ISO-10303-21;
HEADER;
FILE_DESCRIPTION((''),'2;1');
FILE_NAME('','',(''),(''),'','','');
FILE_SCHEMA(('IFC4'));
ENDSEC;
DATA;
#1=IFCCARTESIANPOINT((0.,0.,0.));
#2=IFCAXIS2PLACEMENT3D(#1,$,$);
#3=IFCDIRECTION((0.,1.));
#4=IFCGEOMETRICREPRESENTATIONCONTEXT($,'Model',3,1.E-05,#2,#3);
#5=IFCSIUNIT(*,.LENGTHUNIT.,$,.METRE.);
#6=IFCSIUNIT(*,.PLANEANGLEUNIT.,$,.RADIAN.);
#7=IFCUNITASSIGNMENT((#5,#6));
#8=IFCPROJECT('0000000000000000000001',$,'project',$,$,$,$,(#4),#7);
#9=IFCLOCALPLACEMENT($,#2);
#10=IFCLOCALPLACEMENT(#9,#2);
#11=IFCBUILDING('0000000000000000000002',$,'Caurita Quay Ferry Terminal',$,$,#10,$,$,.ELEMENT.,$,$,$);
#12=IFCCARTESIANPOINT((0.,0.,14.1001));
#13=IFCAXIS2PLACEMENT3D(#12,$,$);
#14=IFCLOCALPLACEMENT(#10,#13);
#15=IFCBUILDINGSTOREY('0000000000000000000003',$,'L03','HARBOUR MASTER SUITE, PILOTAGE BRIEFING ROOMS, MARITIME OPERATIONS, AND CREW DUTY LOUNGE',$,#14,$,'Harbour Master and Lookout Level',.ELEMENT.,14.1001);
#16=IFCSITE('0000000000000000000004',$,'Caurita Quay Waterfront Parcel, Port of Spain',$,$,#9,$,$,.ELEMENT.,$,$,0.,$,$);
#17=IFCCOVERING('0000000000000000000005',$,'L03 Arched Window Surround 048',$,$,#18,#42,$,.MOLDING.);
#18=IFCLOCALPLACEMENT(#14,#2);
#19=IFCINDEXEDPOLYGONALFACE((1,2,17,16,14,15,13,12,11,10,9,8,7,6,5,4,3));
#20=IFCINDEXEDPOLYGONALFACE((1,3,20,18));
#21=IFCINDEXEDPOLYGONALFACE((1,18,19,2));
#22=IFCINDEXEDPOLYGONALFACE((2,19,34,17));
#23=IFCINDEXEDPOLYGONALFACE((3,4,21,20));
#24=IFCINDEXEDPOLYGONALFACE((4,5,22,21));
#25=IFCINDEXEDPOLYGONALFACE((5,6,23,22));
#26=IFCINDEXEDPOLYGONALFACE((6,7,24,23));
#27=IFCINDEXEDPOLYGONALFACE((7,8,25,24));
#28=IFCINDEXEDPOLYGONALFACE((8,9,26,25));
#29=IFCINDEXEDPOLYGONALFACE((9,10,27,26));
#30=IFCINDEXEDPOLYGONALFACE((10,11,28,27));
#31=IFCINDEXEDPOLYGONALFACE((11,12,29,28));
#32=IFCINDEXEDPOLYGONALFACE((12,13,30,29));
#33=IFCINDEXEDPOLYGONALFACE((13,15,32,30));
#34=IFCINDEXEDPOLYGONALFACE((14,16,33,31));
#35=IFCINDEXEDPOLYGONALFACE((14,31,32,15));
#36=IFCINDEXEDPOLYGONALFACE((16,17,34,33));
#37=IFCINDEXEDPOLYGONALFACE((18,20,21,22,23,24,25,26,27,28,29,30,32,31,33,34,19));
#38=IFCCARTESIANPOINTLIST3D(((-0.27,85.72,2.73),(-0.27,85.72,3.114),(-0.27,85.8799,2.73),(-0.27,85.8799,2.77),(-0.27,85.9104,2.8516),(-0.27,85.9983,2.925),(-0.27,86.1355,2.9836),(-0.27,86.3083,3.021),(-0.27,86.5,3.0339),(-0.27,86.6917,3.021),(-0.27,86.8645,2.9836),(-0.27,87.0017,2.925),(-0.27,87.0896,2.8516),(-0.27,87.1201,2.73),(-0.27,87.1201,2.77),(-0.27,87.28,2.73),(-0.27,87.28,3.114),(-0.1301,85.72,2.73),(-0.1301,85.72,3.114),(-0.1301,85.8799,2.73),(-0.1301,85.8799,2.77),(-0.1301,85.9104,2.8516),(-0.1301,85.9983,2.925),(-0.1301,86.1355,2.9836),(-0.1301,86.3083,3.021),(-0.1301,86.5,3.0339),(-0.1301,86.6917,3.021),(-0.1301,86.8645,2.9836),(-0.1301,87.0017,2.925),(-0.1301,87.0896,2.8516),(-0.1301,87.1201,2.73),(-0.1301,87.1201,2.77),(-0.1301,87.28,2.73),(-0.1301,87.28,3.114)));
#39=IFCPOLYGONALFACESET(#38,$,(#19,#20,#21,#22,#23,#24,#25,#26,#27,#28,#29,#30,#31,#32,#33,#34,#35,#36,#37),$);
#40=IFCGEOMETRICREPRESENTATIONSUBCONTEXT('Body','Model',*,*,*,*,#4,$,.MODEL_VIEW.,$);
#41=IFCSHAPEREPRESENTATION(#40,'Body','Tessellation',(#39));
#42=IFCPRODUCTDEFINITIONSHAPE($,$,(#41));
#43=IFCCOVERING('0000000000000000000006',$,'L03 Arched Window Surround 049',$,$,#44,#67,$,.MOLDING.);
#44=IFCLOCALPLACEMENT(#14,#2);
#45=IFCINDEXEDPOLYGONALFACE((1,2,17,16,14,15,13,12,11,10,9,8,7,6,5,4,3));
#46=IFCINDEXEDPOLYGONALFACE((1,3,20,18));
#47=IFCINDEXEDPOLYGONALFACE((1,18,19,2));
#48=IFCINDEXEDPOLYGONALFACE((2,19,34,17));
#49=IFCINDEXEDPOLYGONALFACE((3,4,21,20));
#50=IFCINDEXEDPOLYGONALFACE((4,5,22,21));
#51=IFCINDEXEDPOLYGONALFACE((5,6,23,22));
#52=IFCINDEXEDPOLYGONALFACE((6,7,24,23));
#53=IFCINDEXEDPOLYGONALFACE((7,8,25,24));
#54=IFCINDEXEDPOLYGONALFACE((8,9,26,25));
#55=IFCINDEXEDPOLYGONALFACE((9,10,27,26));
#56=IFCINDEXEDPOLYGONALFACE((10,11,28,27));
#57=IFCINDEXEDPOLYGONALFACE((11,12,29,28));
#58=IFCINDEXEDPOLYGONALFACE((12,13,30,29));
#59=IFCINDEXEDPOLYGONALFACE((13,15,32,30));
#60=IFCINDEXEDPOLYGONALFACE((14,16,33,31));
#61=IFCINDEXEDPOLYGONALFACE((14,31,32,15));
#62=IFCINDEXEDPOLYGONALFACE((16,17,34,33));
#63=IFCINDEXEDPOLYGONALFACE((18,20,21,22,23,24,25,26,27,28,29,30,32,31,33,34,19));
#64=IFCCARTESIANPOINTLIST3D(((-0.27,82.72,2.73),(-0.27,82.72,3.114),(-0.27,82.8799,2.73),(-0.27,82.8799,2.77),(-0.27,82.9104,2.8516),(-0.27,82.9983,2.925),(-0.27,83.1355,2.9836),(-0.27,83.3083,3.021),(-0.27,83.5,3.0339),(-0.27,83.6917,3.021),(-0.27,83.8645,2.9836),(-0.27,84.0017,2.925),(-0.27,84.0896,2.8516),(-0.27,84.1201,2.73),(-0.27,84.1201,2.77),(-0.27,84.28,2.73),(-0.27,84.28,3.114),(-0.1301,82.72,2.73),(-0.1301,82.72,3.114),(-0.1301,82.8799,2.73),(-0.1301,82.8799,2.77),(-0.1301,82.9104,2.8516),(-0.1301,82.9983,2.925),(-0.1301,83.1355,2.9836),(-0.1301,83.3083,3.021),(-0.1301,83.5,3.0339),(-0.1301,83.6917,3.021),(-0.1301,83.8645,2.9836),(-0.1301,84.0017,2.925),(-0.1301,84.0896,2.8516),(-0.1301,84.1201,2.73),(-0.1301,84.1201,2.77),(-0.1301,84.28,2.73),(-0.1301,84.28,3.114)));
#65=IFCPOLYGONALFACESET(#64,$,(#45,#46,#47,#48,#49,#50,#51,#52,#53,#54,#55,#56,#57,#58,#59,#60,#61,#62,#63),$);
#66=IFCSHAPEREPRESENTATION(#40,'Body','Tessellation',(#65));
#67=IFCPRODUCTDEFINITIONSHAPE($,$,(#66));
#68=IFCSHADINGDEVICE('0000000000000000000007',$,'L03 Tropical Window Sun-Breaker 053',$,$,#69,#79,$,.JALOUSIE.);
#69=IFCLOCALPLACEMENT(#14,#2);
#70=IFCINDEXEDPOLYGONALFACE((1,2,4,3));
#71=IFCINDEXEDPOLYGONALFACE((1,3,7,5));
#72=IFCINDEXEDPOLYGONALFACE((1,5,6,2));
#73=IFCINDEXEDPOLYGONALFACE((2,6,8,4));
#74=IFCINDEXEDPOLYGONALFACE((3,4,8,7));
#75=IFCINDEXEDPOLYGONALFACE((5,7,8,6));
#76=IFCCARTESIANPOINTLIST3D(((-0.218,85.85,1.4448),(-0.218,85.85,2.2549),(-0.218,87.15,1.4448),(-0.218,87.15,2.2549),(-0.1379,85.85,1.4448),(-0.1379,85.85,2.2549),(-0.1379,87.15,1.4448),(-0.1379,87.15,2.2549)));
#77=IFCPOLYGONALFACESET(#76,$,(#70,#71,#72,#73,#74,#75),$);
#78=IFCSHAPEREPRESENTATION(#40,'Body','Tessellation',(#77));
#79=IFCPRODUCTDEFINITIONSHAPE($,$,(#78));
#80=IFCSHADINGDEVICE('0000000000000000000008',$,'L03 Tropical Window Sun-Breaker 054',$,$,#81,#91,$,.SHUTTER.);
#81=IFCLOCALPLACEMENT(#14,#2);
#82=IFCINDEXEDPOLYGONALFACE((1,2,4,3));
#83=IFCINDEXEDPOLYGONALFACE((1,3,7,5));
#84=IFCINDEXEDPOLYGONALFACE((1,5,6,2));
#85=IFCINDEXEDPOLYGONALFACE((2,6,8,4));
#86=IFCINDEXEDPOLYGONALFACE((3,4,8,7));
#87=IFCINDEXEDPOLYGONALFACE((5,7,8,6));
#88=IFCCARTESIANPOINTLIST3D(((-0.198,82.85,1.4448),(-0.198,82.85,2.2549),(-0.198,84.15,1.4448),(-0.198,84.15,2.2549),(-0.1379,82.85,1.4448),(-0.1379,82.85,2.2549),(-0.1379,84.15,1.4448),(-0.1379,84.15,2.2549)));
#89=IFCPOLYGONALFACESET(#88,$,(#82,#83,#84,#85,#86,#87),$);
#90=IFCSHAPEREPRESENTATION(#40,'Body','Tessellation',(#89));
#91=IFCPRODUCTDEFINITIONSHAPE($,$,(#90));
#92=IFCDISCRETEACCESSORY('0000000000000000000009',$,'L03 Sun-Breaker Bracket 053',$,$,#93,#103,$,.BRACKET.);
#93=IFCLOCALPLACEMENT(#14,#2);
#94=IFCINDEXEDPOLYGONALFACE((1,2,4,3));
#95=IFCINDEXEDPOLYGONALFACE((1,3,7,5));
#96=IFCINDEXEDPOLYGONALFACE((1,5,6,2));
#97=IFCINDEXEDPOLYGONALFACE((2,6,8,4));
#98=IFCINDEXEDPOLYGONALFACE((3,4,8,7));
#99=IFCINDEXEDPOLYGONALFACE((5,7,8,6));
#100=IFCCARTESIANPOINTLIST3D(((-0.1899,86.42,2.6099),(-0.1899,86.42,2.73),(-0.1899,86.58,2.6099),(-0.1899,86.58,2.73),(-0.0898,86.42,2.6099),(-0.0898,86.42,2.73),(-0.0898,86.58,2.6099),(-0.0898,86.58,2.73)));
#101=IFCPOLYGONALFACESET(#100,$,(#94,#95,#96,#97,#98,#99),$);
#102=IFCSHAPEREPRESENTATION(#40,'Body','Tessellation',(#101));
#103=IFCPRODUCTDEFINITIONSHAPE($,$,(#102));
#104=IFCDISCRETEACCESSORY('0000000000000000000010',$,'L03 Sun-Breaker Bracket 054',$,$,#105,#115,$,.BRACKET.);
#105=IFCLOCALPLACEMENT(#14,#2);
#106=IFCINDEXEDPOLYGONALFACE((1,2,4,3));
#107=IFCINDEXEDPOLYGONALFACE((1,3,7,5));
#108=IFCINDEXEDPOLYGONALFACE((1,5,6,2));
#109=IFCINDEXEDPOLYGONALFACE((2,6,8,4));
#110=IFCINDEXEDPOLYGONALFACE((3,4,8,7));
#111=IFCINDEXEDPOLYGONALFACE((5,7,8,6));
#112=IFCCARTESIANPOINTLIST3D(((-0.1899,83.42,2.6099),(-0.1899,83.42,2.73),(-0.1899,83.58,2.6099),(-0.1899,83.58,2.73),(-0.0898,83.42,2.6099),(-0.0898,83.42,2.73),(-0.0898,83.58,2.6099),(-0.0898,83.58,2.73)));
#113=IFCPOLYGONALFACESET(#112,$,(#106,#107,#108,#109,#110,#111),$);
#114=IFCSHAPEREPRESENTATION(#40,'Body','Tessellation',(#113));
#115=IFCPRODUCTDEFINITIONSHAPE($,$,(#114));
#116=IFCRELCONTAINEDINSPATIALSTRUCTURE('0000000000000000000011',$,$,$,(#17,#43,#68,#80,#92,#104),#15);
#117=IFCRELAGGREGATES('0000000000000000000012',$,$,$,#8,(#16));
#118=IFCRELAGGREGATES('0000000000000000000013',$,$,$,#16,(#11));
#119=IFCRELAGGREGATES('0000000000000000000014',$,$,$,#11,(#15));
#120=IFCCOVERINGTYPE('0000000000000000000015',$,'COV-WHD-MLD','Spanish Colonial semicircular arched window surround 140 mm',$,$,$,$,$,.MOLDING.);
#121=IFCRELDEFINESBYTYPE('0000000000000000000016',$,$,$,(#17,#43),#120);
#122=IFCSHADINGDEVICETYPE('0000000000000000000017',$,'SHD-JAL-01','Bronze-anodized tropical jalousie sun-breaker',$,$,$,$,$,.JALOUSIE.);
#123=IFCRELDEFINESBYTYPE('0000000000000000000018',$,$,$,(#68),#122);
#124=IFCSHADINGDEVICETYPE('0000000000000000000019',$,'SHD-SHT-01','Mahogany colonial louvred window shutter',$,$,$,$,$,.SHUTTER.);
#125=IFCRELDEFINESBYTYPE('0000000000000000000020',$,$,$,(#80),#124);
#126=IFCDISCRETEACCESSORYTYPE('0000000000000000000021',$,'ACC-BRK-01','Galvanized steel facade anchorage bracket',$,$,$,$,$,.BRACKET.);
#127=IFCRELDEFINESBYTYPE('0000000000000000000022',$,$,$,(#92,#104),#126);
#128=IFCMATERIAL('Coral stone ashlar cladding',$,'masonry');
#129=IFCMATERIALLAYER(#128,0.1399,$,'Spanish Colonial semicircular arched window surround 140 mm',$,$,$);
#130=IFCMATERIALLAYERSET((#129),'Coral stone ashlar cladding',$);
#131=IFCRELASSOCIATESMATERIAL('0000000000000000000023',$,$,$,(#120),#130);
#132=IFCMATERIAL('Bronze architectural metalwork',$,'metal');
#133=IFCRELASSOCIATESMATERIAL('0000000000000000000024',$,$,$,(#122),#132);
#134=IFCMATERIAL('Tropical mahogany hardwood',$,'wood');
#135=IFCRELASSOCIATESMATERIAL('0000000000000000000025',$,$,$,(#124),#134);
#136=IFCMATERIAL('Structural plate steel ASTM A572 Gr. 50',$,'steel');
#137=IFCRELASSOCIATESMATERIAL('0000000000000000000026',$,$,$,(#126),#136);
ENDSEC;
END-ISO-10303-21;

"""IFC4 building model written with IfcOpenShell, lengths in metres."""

from ifc_helpers import new_model, si_unit, direction, frame, origin, origin_2d, place, context, subcontext, project, spatial, polyline, rectangle, outline, extrude, material, layer, layer_set, type_object, element, save


model = new_model("IFC4")

# Units and contexts
model_context = context("Model", 3, precision=1e-05, world=origin(), true_north=direction((0.0, 1.0)))
body_context = subcontext(model_context, "Body", "Model", "MODEL_VIEW")
ifc_project = project(units=[si_unit("LENGTHUNIT", "METRE"), si_unit("PLANEANGLEUNIT", "RADIAN")], contexts=[model_context])

# Site, building, storey
site_placement = place(None, origin())
site = spatial("IfcSite", under=ifc_project, at=site_placement, Name="Caurita Quay Waterfront Parcel, Port of Spain", CompositionType="ELEMENT", RefElevation=0.0)
building_placement = place(site_placement, origin())
building = spatial("IfcBuilding", under=site, at=building_placement, Name="Caurita Quay Ferry Terminal", CompositionType="ELEMENT")
storey_placement = place(building_placement, frame((0.0, 0.0, 14.1001)))
storey = spatial("IfcBuildingStorey", under=building, at=storey_placement, Name="L03", Description="HARBOUR MASTER SUITE, PILOTAGE BRIEFING ROOMS, MARITIME OPERATIONS, AND CREW DUTY LOUNGE", LongName="Harbour Master and Lookout Level", CompositionType="ELEMENT", Elevation=14.1001)

# Coverings
ifc_material_1 = material(Name="Coral stone ashlar cladding", Category="masonry")
ifc_layer_1 = layer(ifc_material_1, 0.1399, Name="Spanish Colonial semicircular arched window surround 140 mm")
ifc_layer_set_1 = layer_set([ifc_layer_1], Name="Coral stone ashlar cladding")
covering_type_1 = type_object("IfcCoveringType", Name="COV-WHD-MLD", Description="Spanish Colonial semicircular arched window surround 140 mm", PredefinedType="MOLDING", material=ifc_layer_set_1)
for number, where, z_axis, x_axis, name in (
    (1, (-0.2, 87.28, 2.73), (0.0, 0.0, 1.0), (0.0, -1.0, 0.0), "L03 Arched Window Surround 048"),
    (2, (-0.2, 84.28, 2.73), (0.0, 0.0, 1.0), (0.0, -1.0, 0.0), "L03 Arched Window Surround 049"),
):
    element("IfcCovering", number, at=place(storey_placement, frame(where, z_axis=z_axis, x_axis=x_axis)), inside=storey, type_object=covering_type_1, Name=name, PredefinedType="MOLDING", context=body_context, shape_type="SweptSolid", body=[
        extrude(outline(polyline([(0.0, 0.0), (0.1599, 0.0), (0.1599, 0.04), (0.1904, 0.1216), (0.2783, 0.1951), (0.4155, 0.2537), (0.5884, 0.291), (0.78, 0.304), (0.9717, 0.291), (1.1445, 0.2537), (1.2817, 0.1951), (1.3696, 0.1216), (1.4001, 0.04), (1.4001, 0.0), (1.5601, 0.0), (1.5601, 0.384), (0.0, 0.384), (0.0, 0.0)])), frame((0.0, 0.0698, 0.0), z_axis=(0.0, -1.0, 0.0), x_axis=(1.0, 0.0, 0.0)), (0.0, 0.0, 1.0), 0.1399),
    ])

# Shading devices
ifc_material_2 = material(Name="Bronze architectural metalwork", Category="metal")
shading_device_type_1 = type_object("IfcShadingDeviceType", Name="SHD-JAL-01", Description="Bronze-anodized tropical jalousie sun-breaker", PredefinedType="JALOUSIE", material=ifc_material_2)
shading_device_1_placement = place(storey_placement, frame((-0.178, 86.5, 1.4448), z_axis=(0.0, 0.0, 1.0), x_axis=(0.0, -1.0, 0.0)))
element("IfcShadingDevice", 3, at=shading_device_1_placement, inside=storey, type_object=shading_device_type_1, Name="L03 Tropical Window Sun-Breaker 053", PredefinedType="JALOUSIE", context=body_context, shape_type="SweptSolid", body=[
    extrude(rectangle(XDim=1.3, YDim=0.0801, at=origin_2d()), origin(), (0.0, 0.0, 1.0), 0.8101),
])
ifc_material_3 = material(Name="Tropical mahogany hardwood", Category="wood")
shading_device_type_2 = type_object("IfcShadingDeviceType", Name="SHD-SHT-01", Description="Mahogany colonial louvred window shutter", PredefinedType="SHUTTER", material=ifc_material_3)
shading_device_2_placement = place(storey_placement, frame((-0.168, 83.5, 1.4448), z_axis=(0.0, 0.0, 1.0), x_axis=(0.0, -1.0, 0.0)))
element("IfcShadingDevice", 4, at=shading_device_2_placement, inside=storey, type_object=shading_device_type_2, Name="L03 Tropical Window Sun-Breaker 054", PredefinedType="SHUTTER", context=body_context, shape_type="SweptSolid", body=[
    extrude(rectangle(XDim=1.3, YDim=0.0601, at=origin_2d()), origin(), (0.0, 0.0, 1.0), 0.8101),
])

# Discrete accessories
ifc_material_4 = material(Name="Structural plate steel ASTM A572 Gr. 50", Category="steel")
discrete_accessory_type = type_object("IfcDiscreteAccessoryType", Name="ACC-BRK-01", Description="Galvanized steel facade anchorage bracket", PredefinedType="BRACKET", material=ifc_material_4)
for number, where, z_axis, x_axis, name in (
    (5, (-0.1399, 86.5, 2.6099), (0.0, 0.0, 1.0), (0.0, -1.0, 0.0), "L03 Sun-Breaker Bracket 053"),
    (6, (-0.1399, 83.5, 2.6099), (0.0, 0.0, 1.0), (0.0, -1.0, 0.0), "L03 Sun-Breaker Bracket 054"),
):
    element("IfcDiscreteAccessory", number, at=place(storey_placement, frame(where, z_axis=z_axis, x_axis=x_axis)), inside=storey, type_object=discrete_accessory_type, Name=name, PredefinedType="BRACKET", context=body_context, shape_type="SweptSolid", body=[
        extrude(rectangle(XDim=0.1599, YDim=0.1001, at=origin_2d()), origin(), (0.0, 0.0, 1.0), 0.1201),
    ])

save(model, "model.ifc")
